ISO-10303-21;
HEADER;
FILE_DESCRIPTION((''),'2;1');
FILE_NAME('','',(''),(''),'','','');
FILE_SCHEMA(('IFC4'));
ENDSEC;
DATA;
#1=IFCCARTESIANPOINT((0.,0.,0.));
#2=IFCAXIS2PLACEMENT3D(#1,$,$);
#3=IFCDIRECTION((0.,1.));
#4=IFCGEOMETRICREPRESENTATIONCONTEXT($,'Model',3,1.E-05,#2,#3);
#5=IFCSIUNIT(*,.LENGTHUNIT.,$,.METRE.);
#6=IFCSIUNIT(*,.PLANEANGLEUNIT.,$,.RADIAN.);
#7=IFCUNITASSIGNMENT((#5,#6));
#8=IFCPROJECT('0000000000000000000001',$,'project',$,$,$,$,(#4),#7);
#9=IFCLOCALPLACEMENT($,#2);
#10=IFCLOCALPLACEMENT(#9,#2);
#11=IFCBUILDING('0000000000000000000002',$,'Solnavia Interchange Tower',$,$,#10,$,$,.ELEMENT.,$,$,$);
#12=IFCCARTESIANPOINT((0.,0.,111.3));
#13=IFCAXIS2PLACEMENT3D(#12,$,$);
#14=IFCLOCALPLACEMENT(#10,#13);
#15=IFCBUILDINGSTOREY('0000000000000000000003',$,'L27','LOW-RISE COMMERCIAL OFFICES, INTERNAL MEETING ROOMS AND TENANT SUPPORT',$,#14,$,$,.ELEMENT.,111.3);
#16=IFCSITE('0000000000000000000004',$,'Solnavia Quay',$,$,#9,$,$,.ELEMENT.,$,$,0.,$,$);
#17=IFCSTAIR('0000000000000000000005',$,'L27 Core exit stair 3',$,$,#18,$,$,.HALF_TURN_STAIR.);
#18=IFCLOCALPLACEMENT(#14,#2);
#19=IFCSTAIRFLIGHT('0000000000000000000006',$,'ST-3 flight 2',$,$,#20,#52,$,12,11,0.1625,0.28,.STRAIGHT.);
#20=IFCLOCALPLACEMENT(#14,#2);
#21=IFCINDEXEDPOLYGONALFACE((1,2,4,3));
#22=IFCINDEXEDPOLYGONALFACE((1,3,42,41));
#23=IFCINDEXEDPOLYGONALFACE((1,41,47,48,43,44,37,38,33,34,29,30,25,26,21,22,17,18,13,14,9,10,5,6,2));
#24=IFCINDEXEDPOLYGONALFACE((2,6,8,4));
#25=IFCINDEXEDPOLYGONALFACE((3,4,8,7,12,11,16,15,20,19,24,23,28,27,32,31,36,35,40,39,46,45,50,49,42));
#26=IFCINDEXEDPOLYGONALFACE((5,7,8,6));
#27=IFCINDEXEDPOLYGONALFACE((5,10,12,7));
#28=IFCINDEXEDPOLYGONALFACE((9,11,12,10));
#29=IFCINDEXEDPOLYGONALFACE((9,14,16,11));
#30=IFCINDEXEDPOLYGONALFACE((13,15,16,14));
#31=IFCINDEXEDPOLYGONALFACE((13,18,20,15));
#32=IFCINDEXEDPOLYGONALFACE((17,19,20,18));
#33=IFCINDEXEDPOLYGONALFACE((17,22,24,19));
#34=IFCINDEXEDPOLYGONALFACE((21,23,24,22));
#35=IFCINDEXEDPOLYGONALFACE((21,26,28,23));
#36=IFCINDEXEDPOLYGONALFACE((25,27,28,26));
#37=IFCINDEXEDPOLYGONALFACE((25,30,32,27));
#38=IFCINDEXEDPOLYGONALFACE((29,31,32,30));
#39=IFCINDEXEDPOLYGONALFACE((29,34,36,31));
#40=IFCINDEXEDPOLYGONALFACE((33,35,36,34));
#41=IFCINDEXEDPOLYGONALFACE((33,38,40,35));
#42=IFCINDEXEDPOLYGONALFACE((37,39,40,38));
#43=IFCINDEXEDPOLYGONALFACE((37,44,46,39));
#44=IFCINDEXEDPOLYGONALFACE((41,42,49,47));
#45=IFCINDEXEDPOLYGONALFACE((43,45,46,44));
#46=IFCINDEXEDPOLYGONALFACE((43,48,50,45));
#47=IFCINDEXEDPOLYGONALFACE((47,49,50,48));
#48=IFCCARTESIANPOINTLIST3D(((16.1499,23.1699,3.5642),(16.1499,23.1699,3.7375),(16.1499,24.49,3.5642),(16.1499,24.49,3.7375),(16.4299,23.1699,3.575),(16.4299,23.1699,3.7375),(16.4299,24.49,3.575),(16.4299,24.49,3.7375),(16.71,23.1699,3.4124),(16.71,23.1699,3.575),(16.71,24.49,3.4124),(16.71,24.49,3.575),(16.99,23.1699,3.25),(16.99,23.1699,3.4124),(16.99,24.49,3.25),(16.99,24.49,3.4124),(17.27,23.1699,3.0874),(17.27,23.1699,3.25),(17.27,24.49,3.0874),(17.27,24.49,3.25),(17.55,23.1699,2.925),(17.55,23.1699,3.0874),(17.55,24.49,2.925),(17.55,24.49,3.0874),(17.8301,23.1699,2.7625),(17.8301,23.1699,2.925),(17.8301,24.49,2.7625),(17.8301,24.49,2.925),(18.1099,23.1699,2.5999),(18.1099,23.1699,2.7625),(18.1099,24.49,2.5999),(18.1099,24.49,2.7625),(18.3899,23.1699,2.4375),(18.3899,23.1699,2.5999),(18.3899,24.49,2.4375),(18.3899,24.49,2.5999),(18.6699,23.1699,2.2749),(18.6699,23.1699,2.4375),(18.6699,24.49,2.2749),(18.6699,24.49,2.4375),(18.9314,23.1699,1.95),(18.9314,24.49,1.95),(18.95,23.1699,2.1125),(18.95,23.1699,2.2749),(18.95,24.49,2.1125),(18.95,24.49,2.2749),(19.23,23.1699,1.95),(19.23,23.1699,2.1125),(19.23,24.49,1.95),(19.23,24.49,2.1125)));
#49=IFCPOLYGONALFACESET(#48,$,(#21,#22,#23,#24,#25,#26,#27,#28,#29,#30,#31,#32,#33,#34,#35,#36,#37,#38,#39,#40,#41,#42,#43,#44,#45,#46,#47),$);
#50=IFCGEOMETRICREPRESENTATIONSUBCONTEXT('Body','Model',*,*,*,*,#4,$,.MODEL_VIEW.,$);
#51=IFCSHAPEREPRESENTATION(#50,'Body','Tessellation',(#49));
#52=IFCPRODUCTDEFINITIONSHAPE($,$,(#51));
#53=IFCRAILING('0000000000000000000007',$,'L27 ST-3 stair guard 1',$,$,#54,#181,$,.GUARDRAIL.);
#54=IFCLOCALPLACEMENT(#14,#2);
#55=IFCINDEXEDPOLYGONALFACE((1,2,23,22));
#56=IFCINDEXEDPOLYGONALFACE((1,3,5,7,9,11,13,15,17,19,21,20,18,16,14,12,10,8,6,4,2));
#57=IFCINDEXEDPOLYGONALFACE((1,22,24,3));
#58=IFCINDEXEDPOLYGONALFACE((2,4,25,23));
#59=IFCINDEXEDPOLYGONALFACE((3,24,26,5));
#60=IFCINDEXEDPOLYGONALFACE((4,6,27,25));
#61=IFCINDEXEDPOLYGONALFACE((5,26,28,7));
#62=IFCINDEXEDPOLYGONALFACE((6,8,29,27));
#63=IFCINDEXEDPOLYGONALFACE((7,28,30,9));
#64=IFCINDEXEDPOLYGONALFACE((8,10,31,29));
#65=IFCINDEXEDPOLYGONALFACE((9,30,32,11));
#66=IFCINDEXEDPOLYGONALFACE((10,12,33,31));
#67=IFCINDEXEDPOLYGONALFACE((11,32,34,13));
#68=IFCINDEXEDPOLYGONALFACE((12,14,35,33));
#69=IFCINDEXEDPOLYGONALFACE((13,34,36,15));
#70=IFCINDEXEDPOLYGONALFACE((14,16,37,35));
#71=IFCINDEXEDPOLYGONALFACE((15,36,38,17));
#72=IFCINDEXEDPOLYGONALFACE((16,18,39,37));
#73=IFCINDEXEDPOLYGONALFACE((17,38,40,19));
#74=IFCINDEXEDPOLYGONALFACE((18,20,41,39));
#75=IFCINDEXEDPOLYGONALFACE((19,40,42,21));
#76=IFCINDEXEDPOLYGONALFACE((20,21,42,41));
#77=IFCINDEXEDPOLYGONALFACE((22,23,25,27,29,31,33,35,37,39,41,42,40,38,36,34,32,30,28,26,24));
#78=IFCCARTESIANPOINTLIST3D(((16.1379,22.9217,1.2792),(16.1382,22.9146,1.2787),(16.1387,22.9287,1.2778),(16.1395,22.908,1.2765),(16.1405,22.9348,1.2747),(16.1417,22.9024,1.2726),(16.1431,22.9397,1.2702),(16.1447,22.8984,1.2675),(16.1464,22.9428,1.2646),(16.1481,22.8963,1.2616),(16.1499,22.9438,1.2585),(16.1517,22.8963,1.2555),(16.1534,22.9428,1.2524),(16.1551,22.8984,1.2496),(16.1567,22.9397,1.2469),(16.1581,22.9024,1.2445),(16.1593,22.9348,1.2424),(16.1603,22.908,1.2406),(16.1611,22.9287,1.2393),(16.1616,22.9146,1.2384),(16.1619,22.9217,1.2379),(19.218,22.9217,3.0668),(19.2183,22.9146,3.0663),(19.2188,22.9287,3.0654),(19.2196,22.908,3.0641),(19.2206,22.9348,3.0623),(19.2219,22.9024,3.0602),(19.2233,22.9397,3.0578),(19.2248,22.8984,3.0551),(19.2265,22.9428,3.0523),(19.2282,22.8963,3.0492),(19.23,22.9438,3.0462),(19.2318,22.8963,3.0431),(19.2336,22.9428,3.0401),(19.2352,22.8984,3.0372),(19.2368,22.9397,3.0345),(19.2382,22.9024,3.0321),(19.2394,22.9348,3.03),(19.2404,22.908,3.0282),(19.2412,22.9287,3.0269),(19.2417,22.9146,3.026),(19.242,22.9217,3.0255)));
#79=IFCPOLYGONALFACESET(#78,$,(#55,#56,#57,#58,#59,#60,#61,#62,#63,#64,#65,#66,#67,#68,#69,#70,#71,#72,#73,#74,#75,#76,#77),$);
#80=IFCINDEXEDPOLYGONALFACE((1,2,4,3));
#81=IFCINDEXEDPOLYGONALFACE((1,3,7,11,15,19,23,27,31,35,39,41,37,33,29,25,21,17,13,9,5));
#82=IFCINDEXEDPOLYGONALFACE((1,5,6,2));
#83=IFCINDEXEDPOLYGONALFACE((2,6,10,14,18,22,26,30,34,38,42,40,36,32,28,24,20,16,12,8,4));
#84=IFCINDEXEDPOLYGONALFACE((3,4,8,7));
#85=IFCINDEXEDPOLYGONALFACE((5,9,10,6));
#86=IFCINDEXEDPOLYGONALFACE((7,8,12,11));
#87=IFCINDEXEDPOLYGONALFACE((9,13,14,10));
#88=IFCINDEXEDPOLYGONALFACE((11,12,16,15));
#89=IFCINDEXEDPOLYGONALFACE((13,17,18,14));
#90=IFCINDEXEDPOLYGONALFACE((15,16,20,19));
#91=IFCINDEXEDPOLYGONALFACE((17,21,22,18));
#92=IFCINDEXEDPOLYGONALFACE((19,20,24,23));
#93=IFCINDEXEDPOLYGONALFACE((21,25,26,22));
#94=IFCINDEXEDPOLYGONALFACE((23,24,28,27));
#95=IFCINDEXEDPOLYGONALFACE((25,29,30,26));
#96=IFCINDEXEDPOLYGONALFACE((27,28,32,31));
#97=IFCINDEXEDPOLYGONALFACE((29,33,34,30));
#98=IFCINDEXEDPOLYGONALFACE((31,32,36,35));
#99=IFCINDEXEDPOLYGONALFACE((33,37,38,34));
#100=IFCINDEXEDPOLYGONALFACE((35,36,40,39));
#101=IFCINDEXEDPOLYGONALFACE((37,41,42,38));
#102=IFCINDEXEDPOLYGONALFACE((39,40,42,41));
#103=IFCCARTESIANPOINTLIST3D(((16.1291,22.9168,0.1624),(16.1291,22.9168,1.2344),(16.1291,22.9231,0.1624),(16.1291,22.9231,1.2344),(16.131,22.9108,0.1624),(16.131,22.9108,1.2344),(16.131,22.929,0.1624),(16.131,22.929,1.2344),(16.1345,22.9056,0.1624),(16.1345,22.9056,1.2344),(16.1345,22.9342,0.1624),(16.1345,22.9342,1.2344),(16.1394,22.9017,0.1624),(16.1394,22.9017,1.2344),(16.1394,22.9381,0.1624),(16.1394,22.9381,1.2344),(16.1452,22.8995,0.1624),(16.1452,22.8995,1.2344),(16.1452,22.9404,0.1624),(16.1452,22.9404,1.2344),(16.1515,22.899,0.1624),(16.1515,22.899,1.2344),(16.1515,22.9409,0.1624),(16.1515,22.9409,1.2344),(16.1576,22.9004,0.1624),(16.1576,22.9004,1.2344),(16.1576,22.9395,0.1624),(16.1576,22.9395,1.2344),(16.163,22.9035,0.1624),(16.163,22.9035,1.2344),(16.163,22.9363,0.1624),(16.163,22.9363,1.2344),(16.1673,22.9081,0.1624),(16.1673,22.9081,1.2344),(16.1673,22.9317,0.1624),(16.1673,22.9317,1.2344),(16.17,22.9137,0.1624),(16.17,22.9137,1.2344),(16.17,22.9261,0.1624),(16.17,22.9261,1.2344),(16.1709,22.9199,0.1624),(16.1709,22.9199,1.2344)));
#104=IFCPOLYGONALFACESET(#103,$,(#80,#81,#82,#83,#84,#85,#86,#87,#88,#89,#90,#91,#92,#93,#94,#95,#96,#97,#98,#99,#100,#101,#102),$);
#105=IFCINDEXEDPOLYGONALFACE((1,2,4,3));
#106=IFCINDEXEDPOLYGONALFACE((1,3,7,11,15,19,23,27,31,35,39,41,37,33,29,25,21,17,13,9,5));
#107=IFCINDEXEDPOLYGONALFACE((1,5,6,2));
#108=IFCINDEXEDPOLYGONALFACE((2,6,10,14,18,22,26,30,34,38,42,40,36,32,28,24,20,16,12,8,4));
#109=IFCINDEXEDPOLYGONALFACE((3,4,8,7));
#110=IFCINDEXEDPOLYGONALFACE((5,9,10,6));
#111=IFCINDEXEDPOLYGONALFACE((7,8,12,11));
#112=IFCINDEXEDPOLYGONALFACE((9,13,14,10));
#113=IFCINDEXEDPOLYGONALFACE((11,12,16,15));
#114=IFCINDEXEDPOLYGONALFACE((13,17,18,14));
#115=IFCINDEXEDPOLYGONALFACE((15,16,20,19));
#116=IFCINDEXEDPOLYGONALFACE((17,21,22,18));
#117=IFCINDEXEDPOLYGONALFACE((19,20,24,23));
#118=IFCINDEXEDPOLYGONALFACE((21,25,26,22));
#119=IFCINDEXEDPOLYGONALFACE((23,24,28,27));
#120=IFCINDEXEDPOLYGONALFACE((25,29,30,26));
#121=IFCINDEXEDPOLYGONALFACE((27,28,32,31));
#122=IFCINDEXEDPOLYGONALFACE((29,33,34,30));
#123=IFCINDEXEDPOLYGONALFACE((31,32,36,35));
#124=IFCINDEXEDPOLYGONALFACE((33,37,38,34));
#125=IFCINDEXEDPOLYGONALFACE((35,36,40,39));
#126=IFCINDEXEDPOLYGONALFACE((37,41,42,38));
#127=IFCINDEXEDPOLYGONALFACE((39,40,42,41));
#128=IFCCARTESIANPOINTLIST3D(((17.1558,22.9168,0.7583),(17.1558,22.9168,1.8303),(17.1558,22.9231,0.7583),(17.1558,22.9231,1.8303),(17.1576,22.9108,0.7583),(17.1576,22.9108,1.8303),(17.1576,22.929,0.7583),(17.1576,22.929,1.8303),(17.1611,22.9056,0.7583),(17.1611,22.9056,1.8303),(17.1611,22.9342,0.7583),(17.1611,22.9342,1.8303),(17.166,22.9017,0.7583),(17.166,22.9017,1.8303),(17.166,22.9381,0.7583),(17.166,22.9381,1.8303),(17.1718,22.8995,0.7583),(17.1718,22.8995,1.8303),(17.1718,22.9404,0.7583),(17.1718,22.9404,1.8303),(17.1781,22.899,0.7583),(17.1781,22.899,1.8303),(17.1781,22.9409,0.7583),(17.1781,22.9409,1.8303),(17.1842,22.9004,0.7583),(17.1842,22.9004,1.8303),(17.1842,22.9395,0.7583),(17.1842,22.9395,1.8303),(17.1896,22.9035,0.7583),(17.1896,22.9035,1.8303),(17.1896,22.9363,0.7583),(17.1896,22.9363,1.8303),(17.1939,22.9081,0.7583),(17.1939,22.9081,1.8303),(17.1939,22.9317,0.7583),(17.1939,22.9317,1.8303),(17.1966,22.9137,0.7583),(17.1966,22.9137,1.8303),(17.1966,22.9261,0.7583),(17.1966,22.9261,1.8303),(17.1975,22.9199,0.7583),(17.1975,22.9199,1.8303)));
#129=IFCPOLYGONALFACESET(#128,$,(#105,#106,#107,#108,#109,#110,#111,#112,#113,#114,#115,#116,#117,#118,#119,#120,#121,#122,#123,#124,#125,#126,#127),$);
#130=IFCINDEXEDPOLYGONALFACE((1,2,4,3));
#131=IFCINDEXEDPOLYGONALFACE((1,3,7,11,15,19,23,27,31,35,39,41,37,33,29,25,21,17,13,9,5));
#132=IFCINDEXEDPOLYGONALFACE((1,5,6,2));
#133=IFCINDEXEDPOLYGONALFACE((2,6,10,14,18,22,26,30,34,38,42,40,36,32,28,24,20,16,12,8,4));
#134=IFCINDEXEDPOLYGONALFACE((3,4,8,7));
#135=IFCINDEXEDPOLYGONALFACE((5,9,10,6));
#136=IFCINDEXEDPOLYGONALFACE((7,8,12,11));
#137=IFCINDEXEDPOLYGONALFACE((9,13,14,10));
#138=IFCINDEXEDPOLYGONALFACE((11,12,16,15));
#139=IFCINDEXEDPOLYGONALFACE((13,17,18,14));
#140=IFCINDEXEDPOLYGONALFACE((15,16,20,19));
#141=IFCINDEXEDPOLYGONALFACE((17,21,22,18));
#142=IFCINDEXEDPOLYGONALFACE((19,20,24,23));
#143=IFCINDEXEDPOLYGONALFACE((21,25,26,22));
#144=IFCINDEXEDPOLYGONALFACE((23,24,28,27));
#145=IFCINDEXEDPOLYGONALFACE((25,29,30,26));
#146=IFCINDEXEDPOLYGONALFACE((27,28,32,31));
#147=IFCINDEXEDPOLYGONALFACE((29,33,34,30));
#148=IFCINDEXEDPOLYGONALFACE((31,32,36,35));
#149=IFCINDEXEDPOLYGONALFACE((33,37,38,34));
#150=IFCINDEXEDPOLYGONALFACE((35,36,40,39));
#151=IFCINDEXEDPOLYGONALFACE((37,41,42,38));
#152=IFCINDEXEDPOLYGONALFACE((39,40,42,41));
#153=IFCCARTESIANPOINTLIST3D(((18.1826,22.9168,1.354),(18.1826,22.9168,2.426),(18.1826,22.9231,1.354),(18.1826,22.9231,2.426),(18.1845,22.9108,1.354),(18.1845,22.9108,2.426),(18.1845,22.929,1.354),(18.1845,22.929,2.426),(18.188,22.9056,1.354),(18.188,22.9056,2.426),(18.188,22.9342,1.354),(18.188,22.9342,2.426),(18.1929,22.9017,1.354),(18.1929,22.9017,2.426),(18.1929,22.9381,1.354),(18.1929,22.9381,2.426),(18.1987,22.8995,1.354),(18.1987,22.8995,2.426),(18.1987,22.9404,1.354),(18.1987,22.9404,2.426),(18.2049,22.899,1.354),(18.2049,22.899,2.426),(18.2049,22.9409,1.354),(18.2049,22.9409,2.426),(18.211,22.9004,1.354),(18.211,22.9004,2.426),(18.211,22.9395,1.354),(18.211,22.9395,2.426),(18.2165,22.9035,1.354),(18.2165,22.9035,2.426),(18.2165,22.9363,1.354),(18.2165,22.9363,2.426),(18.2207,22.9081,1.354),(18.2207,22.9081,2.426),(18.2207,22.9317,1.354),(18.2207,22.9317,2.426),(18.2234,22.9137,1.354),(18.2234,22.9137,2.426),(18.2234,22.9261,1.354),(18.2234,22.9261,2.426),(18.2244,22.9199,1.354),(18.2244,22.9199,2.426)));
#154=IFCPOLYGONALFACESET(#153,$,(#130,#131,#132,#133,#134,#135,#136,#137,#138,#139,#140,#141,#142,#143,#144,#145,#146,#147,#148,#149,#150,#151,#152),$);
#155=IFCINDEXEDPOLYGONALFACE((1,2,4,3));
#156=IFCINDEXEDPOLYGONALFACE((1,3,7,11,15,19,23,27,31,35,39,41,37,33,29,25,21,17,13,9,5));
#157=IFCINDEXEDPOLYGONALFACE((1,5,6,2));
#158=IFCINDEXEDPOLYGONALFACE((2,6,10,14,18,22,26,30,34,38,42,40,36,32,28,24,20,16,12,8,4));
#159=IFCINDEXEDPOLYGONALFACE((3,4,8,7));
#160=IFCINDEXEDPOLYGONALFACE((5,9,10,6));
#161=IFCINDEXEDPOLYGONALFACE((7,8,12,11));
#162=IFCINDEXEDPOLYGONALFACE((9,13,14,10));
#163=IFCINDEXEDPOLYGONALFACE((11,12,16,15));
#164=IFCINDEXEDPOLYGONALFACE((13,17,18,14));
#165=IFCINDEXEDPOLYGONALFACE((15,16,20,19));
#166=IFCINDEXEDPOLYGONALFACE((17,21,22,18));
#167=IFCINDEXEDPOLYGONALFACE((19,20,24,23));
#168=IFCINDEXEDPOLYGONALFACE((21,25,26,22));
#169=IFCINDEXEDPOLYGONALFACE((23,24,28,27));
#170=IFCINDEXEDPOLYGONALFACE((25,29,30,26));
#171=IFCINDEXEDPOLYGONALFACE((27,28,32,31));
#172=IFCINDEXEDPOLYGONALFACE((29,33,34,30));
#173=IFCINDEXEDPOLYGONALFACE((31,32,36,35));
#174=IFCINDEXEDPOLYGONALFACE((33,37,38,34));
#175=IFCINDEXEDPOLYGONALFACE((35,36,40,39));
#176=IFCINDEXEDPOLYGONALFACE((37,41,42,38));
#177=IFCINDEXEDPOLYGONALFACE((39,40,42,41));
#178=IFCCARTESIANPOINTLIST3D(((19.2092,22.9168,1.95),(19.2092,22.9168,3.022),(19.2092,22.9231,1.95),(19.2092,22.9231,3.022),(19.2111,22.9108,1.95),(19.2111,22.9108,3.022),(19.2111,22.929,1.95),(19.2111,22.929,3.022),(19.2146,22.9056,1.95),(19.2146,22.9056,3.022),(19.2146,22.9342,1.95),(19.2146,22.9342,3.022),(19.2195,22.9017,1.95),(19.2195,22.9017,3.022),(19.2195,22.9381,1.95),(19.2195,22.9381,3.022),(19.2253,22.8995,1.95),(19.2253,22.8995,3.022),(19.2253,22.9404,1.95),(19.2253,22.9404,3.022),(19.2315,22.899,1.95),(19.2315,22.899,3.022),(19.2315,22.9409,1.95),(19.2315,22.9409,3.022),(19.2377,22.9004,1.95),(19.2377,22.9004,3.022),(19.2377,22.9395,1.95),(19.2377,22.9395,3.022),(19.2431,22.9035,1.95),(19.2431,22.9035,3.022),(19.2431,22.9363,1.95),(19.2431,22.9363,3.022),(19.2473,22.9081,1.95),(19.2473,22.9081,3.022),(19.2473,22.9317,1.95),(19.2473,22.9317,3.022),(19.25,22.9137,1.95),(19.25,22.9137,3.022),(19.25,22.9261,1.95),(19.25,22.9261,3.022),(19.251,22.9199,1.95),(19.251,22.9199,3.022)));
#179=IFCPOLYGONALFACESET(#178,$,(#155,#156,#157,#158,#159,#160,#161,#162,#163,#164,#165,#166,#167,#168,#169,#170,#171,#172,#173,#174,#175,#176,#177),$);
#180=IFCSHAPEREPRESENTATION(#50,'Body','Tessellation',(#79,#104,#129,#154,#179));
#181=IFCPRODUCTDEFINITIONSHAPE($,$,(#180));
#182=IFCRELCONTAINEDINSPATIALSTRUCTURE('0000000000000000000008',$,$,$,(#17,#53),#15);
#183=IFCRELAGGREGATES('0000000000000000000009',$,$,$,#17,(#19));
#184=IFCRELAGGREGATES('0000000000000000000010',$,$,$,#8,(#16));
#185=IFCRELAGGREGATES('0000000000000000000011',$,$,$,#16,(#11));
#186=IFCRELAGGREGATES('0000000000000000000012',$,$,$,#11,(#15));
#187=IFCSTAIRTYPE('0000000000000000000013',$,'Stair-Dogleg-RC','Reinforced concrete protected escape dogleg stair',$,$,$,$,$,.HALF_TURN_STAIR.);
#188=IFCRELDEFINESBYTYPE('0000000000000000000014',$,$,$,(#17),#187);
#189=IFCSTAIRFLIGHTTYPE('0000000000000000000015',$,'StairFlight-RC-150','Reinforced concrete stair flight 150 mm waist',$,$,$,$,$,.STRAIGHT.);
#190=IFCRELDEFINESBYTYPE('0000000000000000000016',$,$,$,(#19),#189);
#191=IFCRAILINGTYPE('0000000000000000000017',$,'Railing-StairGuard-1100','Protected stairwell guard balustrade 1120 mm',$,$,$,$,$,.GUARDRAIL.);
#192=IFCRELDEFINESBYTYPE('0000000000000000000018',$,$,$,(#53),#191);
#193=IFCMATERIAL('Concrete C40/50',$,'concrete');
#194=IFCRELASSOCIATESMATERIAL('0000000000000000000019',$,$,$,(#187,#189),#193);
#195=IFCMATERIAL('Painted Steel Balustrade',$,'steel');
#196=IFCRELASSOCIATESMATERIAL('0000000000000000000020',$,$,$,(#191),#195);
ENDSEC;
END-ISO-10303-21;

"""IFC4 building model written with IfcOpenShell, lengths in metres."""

from ifc_helpers import new_model, si_unit, direction, frame, origin, origin_2d, place, context, subcontext, project, spatial, polyline, circle, outline, extrude, material, type_object, element, aggregate, save


model = new_model("IFC4")

# Units and contexts
model_context = context("Model", 3, precision=1e-05, world=origin(), true_north=direction((0.0, 1.0)))
body_context = subcontext(model_context, "Body", "Model", "MODEL_VIEW")
ifc_project = project(units=[si_unit("LENGTHUNIT", "METRE"), si_unit("PLANEANGLEUNIT", "RADIAN")], contexts=[model_context])

# Site, building, storey
site_placement = place(None, origin())
site = spatial("IfcSite", under=ifc_project, at=site_placement, Name="Solnavia Quay", CompositionType="ELEMENT", RefElevation=0.0)
building_placement = place(site_placement, origin())
building = spatial("IfcBuilding", under=site, at=building_placement, Name="Solnavia Interchange Tower", CompositionType="ELEMENT")
storey_placement = place(building_placement, frame((0.0, 0.0, 111.3)))
storey = spatial("IfcBuildingStorey", under=building, at=storey_placement, Name="L27", Description="LOW-RISE COMMERCIAL OFFICES, INTERNAL MEETING ROOMS AND TENANT SUPPORT", CompositionType="ELEMENT", Elevation=111.3)

# Shared definitions
ifc_material_1 = material(Name="Concrete C40/50", Category="concrete")

# Stair, stair flight
stair_type = type_object("IfcStairType", Name="Stair-Dogleg-RC", Description="Reinforced concrete protected escape dogleg stair", PredefinedType="HALF_TURN_STAIR", material=ifc_material_1)
stair_placement = place(storey_placement, origin())
stair = element("IfcStair", 1, at=stair_placement, inside=storey, type_object=stair_type, Name="L27 Core exit stair 3", PredefinedType="HALF_TURN_STAIR")
stair_flight_type = type_object("IfcStairFlightType", Name="StairFlight-RC-150", Description="Reinforced concrete stair flight 150 mm waist", PredefinedType="STRAIGHT", material=ifc_material_1)
stair_flight_1_placement = place(storey_placement, frame((19.23, 23.8301, 1.95), z_axis=(0.0, 0.0, 1.0), x_axis=(-1.0, 0.0, 0.0)))
stair_flight_1 = element("IfcStairFlight", 2, at=stair_flight_1_placement, type_object=stair_flight_type, Name="ST-3 flight 2", NumberOfRisers=12, NumberOfTreads=11, PredefinedType="STRAIGHT", RiserHeight=0.1625, TreadLength=0.28, context=body_context, shape_type="SweptSolid", body=[
    extrude(outline(polyline([(0.0, 0.0), (0.0, 0.1626), (0.28, 0.1626), (0.28, 0.325), (0.5601, 0.325), (0.5601, 0.4875), (0.8401, 0.4875), (0.8401, 0.6499), (1.1201, 0.6499), (1.1201, 0.8125), (1.3999, 0.8125), (1.3999, 0.9751), (1.6799, 0.9751), (1.6799, 1.1375), (1.96, 1.1375), (1.96, 1.3), (2.24, 1.3), (2.24, 1.4624), (2.52, 1.4624), (2.52, 1.625), (2.8, 1.625), (2.8, 1.7876), (3.0801, 1.7876), (3.0801, 1.95), (3.0801, 1.6143), (0.2986, 0.0), (0.0, 0.0)])), frame((0.0, 0.6602, 0.0), z_axis=(0.0, -1.0, 0.0), x_axis=(1.0, 0.0, 0.0)), (0.0, 0.0, 1.0), 1.3201),
])
aggregate(stair, [stair_flight_1])

# Railing
ifc_material_2 = material(Name="Painted Steel Balustrade", Category="steel")
railing_type_1 = type_object("IfcRailingType", Name="Railing-StairGuard-1100", Description="Protected stairwell guard balustrade 1120 mm", PredefinedType="GUARDRAIL", material=ifc_material_2)
railing_1_placement = place(storey_placement, frame((16.1499, 22.9199, 0.1624)))
element("IfcRailing", 3, at=railing_1_placement, inside=storey, type_object=railing_type_1, Name="L27 ST-3 stair guard 1", PredefinedType="GUARDRAIL", context=body_context, shape_type="SweptSolid", body=[
    extrude(circle(Radius=0.0239, at=origin_2d()), frame((0.0, 0.0, 1.0962), z_axis=(0.864891, 0.0, 0.50196), x_axis=(0.0, 1.0, 0.0)), (0.0, 0.0, 1.0), 3.5613),
    extrude(circle(Radius=0.021, at=origin_2d()), origin(), (0.0, 0.0, 1.0), 1.072),
    extrude(circle(Radius=0.021, at=origin_2d()), frame((1.0266, 0.0, 0.5959)), (0.0, 0.0, 1.0), 1.072),
    extrude(circle(Radius=0.021, at=origin_2d()), frame((2.0535, 0.0, 1.1917)), (0.0, 0.0, 1.0), 1.072),
    extrude(circle(Radius=0.021, at=origin_2d()), frame((3.0801, 0.0, 1.7876)), (0.0, 0.0, 1.0), 1.072),
])

save(model, "model.ifc")
